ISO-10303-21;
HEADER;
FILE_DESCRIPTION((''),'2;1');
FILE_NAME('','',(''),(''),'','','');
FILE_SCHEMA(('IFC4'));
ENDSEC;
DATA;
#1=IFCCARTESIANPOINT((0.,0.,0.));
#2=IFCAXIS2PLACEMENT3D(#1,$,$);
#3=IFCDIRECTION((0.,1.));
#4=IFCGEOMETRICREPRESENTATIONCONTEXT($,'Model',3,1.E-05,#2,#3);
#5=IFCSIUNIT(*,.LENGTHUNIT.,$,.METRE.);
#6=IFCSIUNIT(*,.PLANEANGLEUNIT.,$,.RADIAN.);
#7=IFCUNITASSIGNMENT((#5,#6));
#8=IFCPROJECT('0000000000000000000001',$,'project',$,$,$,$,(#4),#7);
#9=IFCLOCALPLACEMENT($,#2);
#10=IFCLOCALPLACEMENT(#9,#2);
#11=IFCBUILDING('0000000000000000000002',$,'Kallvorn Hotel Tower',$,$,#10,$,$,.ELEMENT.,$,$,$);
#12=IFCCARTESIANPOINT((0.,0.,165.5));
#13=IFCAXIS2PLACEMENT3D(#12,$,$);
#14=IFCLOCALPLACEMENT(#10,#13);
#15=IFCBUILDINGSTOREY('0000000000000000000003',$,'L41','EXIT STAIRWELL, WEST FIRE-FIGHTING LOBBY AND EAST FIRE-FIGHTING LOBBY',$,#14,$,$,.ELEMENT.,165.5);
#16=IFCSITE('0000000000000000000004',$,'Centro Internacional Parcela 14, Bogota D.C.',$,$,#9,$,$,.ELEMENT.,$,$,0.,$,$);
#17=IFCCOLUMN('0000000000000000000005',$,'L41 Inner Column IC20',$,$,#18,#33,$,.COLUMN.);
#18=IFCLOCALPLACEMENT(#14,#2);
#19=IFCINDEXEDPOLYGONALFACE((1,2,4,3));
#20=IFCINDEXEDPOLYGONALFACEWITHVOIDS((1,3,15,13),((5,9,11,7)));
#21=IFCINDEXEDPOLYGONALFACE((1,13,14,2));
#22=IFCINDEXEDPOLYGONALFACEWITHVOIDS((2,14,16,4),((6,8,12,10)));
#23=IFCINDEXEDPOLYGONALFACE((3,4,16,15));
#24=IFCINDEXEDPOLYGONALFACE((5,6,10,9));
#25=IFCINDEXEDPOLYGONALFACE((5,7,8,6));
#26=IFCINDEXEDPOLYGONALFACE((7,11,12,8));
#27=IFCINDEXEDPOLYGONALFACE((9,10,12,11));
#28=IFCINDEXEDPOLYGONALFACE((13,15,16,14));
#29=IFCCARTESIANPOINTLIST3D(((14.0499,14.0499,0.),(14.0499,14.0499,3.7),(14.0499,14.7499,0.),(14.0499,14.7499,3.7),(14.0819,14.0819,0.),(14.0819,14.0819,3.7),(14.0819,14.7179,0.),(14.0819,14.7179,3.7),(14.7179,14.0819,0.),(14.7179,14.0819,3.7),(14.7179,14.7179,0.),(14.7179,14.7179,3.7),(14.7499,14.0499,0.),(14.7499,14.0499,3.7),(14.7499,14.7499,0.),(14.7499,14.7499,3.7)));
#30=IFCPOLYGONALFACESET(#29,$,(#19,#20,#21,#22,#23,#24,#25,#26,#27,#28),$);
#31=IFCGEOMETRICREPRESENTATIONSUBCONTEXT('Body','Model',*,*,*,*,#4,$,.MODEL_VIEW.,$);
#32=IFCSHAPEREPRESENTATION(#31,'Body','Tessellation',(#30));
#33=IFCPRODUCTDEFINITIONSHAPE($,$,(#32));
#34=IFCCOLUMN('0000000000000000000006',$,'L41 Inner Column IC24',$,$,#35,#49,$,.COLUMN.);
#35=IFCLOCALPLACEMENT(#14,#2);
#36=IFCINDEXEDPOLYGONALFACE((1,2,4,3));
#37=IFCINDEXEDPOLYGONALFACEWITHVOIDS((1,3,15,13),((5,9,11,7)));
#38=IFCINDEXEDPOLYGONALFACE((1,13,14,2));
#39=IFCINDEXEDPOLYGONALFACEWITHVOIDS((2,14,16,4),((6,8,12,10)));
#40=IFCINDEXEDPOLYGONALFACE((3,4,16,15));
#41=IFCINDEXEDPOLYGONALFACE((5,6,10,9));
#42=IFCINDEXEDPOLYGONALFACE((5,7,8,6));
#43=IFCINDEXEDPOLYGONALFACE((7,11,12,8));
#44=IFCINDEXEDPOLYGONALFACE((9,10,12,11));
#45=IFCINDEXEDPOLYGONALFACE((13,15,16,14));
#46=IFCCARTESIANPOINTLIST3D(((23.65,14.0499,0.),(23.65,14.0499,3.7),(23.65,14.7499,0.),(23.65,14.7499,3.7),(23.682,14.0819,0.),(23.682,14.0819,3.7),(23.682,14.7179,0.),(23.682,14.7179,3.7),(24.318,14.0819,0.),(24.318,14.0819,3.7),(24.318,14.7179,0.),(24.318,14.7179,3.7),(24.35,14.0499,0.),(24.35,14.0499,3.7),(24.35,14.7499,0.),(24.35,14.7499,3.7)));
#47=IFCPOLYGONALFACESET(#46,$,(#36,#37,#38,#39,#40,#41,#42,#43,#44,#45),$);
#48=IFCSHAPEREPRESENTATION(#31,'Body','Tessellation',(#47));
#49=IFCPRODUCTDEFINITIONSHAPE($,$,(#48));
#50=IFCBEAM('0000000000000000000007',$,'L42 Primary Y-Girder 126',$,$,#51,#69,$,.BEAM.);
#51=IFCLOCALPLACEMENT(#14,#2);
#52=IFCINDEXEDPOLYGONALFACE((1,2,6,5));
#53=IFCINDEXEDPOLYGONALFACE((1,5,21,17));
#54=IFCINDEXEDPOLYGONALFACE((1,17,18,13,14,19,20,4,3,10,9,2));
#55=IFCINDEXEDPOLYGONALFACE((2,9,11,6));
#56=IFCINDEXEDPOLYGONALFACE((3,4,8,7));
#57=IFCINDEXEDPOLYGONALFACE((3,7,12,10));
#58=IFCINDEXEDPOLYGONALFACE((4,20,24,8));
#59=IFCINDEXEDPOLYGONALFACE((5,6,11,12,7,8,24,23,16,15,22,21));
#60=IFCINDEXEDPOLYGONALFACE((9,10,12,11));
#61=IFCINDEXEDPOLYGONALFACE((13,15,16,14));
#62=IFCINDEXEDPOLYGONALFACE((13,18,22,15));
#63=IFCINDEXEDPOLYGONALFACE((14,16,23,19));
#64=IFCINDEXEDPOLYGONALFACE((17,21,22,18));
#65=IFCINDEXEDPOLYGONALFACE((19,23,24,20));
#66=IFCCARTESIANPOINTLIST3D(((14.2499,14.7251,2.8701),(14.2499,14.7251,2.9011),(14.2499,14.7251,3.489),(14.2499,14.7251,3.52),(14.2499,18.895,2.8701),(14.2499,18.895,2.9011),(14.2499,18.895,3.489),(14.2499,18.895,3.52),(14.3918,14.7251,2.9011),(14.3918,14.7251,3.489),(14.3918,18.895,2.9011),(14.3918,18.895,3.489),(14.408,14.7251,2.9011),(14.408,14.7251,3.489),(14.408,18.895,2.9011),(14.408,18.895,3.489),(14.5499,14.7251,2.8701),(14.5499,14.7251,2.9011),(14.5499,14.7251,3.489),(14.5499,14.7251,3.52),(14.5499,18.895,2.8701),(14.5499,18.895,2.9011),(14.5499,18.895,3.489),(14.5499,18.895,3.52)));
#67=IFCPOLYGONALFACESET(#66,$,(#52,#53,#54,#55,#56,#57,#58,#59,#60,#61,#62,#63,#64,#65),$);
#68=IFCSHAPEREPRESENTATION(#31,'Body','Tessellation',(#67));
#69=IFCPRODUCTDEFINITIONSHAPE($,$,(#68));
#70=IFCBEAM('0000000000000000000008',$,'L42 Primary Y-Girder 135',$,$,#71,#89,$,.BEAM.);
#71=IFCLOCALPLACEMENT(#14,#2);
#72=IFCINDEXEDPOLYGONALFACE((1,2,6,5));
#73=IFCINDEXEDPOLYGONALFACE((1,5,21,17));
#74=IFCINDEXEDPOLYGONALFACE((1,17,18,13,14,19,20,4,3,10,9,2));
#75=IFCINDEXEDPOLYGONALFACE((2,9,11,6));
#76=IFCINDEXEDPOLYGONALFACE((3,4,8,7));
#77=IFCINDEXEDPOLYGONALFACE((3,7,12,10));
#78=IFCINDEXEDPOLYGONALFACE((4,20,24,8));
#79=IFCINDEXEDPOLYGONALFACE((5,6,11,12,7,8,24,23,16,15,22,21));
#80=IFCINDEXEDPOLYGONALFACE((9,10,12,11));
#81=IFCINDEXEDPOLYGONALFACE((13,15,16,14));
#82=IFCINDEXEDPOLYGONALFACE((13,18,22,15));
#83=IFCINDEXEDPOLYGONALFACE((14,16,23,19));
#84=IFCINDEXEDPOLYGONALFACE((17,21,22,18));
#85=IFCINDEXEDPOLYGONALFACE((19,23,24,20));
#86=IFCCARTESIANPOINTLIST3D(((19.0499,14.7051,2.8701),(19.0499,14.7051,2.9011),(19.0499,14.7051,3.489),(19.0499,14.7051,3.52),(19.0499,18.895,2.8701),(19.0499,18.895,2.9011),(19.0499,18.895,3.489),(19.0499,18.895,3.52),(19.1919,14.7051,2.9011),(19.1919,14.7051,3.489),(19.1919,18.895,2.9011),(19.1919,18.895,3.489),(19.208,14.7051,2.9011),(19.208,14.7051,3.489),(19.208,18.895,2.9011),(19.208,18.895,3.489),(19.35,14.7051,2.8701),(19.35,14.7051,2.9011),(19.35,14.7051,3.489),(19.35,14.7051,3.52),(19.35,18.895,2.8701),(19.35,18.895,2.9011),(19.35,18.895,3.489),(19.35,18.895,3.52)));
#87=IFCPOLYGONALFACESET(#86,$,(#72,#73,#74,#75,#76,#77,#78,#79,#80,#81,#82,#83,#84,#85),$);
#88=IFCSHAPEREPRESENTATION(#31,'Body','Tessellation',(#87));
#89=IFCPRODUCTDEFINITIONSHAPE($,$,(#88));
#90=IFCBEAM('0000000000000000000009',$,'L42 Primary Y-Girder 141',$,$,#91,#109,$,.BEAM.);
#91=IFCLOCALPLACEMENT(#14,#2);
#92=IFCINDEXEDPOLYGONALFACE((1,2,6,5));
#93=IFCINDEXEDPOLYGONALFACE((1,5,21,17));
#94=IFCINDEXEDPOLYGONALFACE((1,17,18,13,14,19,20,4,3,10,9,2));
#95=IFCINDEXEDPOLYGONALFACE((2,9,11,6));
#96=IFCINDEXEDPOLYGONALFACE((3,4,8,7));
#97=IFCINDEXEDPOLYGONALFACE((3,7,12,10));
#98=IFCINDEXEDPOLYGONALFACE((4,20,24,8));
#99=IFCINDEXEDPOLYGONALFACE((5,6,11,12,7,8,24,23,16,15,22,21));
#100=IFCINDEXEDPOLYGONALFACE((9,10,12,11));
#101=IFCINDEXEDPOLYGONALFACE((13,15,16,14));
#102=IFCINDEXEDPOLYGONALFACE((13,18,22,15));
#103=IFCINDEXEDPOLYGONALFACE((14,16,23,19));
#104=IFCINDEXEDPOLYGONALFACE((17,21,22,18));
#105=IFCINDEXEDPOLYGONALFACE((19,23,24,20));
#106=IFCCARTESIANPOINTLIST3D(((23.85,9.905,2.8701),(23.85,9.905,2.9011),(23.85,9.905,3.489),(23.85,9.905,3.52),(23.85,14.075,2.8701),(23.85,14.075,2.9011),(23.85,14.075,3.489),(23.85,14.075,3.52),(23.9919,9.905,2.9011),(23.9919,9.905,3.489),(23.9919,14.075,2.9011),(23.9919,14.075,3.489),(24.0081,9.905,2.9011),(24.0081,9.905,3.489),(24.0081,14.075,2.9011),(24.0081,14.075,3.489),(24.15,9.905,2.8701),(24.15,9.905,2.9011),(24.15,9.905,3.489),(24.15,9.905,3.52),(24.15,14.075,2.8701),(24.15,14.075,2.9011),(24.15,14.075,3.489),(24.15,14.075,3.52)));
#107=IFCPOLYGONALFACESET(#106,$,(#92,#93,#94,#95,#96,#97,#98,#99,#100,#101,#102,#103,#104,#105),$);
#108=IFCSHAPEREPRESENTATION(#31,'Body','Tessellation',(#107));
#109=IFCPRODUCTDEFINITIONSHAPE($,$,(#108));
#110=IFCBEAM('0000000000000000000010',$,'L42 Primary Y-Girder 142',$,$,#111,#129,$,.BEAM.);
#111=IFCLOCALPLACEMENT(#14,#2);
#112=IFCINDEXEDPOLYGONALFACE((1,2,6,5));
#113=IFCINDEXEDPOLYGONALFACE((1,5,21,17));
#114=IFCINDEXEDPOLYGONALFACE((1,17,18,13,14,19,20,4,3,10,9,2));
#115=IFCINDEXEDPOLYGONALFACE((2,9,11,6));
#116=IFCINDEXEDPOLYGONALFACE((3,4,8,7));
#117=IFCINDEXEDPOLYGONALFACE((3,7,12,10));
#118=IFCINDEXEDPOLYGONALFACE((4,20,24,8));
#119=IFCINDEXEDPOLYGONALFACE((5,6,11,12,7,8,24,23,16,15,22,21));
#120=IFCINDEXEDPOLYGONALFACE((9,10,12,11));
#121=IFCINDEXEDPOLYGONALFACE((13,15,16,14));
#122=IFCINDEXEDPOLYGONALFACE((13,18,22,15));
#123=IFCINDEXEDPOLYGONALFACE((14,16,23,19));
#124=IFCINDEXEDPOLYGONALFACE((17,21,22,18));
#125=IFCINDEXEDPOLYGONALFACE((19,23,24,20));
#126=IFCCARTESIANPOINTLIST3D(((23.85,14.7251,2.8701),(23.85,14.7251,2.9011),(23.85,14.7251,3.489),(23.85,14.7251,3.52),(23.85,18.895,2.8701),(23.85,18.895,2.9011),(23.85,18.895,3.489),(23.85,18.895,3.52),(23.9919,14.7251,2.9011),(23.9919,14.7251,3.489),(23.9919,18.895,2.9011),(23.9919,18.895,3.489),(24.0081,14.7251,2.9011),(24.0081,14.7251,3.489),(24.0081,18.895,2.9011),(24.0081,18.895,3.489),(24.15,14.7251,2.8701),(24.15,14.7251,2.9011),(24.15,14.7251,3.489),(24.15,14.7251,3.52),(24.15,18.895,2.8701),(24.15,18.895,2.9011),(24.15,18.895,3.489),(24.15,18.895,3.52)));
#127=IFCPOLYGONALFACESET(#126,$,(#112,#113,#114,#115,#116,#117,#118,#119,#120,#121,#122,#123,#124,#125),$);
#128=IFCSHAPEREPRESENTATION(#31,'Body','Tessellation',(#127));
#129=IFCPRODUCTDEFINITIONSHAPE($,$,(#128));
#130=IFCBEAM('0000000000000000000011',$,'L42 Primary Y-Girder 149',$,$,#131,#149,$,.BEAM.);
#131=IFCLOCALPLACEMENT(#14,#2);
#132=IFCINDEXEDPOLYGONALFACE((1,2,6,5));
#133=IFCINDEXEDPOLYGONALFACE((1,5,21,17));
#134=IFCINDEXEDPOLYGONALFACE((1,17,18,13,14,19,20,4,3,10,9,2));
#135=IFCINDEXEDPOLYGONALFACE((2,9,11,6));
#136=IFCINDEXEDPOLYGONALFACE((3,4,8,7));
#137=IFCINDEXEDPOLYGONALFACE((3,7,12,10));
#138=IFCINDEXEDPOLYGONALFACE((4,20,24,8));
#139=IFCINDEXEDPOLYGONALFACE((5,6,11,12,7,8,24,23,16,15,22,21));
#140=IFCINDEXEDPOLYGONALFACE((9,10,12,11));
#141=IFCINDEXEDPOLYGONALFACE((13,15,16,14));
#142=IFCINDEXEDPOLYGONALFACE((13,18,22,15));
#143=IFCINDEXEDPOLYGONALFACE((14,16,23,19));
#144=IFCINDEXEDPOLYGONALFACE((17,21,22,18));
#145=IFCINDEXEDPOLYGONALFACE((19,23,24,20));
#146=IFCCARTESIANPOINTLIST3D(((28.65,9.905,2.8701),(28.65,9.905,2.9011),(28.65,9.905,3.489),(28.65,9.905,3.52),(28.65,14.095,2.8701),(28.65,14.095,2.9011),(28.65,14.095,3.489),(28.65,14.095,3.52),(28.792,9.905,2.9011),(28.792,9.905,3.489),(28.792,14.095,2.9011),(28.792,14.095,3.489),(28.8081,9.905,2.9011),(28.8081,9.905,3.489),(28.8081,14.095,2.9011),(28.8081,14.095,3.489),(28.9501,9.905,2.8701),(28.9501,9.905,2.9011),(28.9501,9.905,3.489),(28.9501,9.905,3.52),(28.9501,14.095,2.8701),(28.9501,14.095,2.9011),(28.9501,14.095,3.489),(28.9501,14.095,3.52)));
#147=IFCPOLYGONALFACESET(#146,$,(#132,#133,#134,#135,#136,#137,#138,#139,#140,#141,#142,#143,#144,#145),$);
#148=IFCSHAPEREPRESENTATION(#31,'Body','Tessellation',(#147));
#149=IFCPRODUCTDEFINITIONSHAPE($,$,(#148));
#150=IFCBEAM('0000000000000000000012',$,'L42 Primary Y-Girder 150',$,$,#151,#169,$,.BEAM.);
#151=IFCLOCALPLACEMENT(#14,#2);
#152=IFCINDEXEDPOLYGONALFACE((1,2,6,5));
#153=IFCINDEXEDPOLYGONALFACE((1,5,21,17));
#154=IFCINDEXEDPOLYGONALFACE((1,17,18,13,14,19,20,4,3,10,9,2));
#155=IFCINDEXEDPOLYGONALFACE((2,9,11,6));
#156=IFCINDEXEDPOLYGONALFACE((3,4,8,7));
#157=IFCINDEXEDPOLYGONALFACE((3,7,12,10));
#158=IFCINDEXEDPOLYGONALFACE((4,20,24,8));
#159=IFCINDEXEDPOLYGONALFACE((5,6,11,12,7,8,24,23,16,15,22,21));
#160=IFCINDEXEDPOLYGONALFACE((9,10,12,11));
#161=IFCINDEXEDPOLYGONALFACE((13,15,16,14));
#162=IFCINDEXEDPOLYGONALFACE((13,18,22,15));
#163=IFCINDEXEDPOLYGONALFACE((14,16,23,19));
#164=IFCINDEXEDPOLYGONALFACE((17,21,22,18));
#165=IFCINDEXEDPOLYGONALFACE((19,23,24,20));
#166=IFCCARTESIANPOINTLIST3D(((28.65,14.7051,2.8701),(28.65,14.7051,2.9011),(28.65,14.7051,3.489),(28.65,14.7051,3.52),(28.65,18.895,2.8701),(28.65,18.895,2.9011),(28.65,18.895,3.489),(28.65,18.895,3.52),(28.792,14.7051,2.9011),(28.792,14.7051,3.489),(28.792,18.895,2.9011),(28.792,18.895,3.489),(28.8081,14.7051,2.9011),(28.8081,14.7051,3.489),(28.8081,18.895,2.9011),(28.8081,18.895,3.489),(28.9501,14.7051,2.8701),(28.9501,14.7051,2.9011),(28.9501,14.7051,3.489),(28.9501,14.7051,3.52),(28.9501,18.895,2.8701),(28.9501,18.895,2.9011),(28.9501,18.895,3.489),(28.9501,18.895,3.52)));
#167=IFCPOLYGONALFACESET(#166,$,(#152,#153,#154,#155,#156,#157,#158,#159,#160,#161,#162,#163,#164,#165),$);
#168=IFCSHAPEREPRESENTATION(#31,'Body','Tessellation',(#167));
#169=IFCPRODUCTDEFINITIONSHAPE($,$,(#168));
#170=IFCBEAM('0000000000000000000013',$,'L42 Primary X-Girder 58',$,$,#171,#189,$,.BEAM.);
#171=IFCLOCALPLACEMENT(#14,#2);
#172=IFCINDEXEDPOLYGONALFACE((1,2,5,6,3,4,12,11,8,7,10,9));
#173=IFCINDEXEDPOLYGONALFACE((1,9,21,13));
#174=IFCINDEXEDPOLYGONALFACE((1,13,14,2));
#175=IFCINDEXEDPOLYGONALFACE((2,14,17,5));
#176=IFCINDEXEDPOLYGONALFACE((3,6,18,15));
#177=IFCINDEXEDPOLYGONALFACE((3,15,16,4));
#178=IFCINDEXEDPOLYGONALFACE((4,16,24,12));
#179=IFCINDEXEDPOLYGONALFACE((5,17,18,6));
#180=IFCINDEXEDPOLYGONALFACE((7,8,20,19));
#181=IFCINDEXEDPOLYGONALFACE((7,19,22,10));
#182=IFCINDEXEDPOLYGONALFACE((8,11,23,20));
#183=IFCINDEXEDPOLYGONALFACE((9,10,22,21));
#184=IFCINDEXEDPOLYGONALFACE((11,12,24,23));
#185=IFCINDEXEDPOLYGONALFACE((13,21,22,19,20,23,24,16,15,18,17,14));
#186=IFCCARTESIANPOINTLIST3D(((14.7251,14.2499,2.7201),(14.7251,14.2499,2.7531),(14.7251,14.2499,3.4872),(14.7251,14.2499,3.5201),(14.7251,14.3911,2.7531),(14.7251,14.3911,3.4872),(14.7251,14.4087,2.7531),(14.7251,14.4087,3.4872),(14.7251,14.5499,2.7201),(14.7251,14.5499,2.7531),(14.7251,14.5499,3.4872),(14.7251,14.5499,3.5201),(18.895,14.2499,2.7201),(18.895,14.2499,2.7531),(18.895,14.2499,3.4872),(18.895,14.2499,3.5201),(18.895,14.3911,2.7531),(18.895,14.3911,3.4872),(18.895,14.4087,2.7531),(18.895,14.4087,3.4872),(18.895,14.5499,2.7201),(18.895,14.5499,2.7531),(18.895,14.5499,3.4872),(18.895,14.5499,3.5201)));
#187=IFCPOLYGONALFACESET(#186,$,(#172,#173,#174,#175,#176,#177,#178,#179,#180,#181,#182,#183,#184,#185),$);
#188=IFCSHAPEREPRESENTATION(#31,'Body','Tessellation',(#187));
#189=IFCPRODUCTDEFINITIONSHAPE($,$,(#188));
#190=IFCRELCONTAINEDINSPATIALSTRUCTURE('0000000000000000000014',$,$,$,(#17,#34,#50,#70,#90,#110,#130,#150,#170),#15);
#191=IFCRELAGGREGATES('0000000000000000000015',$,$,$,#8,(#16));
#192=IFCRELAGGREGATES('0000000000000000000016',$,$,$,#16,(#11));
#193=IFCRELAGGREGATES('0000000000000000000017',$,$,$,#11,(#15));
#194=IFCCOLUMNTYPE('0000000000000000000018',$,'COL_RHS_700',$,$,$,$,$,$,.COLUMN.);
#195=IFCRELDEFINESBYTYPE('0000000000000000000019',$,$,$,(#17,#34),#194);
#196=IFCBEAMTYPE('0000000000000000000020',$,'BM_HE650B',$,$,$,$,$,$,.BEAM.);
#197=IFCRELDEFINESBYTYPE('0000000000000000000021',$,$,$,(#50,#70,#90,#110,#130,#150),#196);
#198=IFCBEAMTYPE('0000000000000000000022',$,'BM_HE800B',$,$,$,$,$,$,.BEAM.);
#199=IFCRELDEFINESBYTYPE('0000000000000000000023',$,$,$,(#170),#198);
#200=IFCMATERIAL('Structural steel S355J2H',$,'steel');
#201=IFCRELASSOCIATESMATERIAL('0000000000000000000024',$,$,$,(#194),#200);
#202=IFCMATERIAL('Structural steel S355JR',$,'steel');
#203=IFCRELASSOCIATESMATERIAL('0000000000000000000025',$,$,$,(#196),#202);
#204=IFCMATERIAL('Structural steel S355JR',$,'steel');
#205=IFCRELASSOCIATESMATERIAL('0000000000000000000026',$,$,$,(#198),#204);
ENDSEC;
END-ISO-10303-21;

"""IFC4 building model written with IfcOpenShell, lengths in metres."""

from ifc_helpers import new_model, si_unit, direction, frame, origin, origin_2d, place, context, subcontext, project, spatial, hollow_rectangle, i_section, extrude, material, material_profile, profile_set, type_object, element, save


model = new_model("IFC4")

# Units and contexts
model_context = context("Model", 3, precision=1e-05, world=origin(), true_north=direction((0.0, 1.0)))
body_context = subcontext(model_context, "Body", "Model", "MODEL_VIEW")
ifc_project = project(units=[si_unit("LENGTHUNIT", "METRE"), si_unit("PLANEANGLEUNIT", "RADIAN")], contexts=[model_context])

# Site, building, storey
site_placement = place(None, origin())
site = spatial("IfcSite", under=ifc_project, at=site_placement, Name="Centro Internacional Parcela 14, Bogota D.C.", CompositionType="ELEMENT", RefElevation=0.0)
building_placement = place(site_placement, origin())
building = spatial("IfcBuilding", under=site, at=building_placement, Name="Kallvorn Hotel Tower", CompositionType="ELEMENT")
storey_placement = place(building_placement, frame((0.0, 0.0, 165.5)))
storey = spatial("IfcBuildingStorey", under=building, at=storey_placement, Name="L41", Description="EXIT STAIRWELL, WEST FIRE-FIGHTING LOBBY AND EAST FIRE-FIGHTING LOBBY", CompositionType="ELEMENT", Elevation=165.5)

# Columns
ifc_material_1 = material(Name="Structural steel S355J2H", Category="steel")
ifc_material_profile_1 = material_profile(ifc_material_1, hollow_rectangle(XDim=0.7, YDim=0.7, WallThickness=0.032, at=origin_2d()), Name="RHS 700x700x32")
ifc_profile_set_1 = profile_set([ifc_material_profile_1], Name="Structural steel S355J2H")
column_type_1 = type_object("IfcColumnType", Name="COL_RHS_700", PredefinedType="COLUMN", material=ifc_profile_set_1)
for number, where, z_axis, x_axis, name in (
    (1, (14.3999, 14.3999, 0.0), (0.0, 0.0, 1.0), (1.0, 0.0, 0.0), "L41 Inner Column IC20"),
    (2, (24.0, 14.3999, 0.0), (0.0, 0.0, 1.0), (1.0, 0.0, 0.0), "L41 Inner Column IC24"),
):
    element("IfcColumn", number, at=place(storey_placement, frame(where, z_axis=z_axis, x_axis=x_axis)), inside=storey, type_object=column_type_1, Name=name, PredefinedType="COLUMN", context=body_context, shape_type="SweptSolid", body=[
        extrude(hollow_rectangle(XDim=0.7, YDim=0.7, WallThickness=0.032, at=origin_2d()), origin(), (0.0, 0.0, 1.0), 3.7),
    ])

# Beams
ifc_material_2 = material(Name="Structural steel S355JR", Category="steel")
ifc_material_profile_2 = material_profile(ifc_material_2, i_section(OverallWidth=0.3, OverallDepth=0.6499, WebThickness=0.0161, FlangeThickness=0.031, at=origin_2d()), Name="HE 650 B")
ifc_profile_set_2 = profile_set([ifc_material_profile_2], Name="Structural steel S355JR")
beam_type_1 = type_object("IfcBeamType", Name="BM_HE650B", PredefinedType="BEAM", material=ifc_profile_set_2)
beam_1_placement = place(storey_placement, frame((14.3999, 14.7251, 3.1951), z_axis=(0.0, 1.0, 0.0), x_axis=(-1.0, 0.0, 0.0)))
element("IfcBeam", 3, at=beam_1_placement, inside=storey, type_object=beam_type_1, Name="L42 Primary Y-Girder 126", PredefinedType="BEAM", context=body_context, shape_type="SweptSolid", body=[
    extrude(i_section(OverallWidth=0.3, OverallDepth=0.6499, WebThickness=0.0161, FlangeThickness=0.031, at=origin_2d()), origin(), (0.0, 0.0, 1.0), 4.1699),
])
beam_2_placement = place(storey_placement, frame((19.2, 14.7051, 3.1951), z_axis=(0.0, 1.0, 0.0), x_axis=(-1.0, 0.0, 0.0)))
element("IfcBeam", 4, at=beam_2_placement, inside=storey, type_object=beam_type_1, Name="L42 Primary Y-Girder 135", PredefinedType="BEAM", context=body_context, shape_type="SweptSolid", body=[
    extrude(i_section(OverallWidth=0.3, OverallDepth=0.6499, WebThickness=0.0161, FlangeThickness=0.031, at=origin_2d()), origin(), (0.0, 0.0, 1.0), 4.1899),
])
for number, where, z_axis, x_axis, name in (
    (5, (24.0, 9.905, 3.1951), (0.0, 1.0, 0.0), (-1.0, 0.0, 0.0), "L42 Primary Y-Girder 141"),
    (6, (24.0, 14.7251, 3.1951), (0.0, 1.0, 0.0), (-1.0, 0.0, 0.0), "L42 Primary Y-Girder 142"),
):
    element("IfcBeam", number, at=place(storey_placement, frame(where, z_axis=z_axis, x_axis=x_axis)), inside=storey, type_object=beam_type_1, Name=name, PredefinedType="BEAM", context=body_context, shape_type="SweptSolid", body=[
        extrude(i_section(OverallWidth=0.3, OverallDepth=0.6499, WebThickness=0.0161, FlangeThickness=0.031, at=origin_2d()), origin(), (0.0, 0.0, 1.0), 4.1699),
    ])
for number, where, z_axis, x_axis, name in (
    (7, (28.8, 9.905, 3.1951), (0.0, 1.0, 0.0), (-1.0, 0.0, 0.0), "L42 Primary Y-Girder 149"),
    (8, (28.8, 14.7051, 3.1951), (0.0, 1.0, 0.0), (-1.0, 0.0, 0.0), "L42 Primary Y-Girder 150"),
):
    element("IfcBeam", number, at=place(storey_placement, frame(where, z_axis=z_axis, x_axis=x_axis)), inside=storey, type_object=beam_type_1, Name=name, PredefinedType="BEAM", context=body_context, shape_type="SweptSolid", body=[
        extrude(i_section(OverallWidth=0.3, OverallDepth=0.6499, WebThickness=0.0161, FlangeThickness=0.031, at=origin_2d()), origin(), (0.0, 0.0, 1.0), 4.1899),
    ])
ifc_material_3 = material(Name="Structural steel S355JR", Category="steel")
ifc_material_profile_3 = material_profile(ifc_material_3, i_section(OverallWidth=0.3, OverallDepth=0.8, WebThickness=0.0176, FlangeThickness=0.033, at=origin_2d()), Name="HE 800 B")
ifc_profile_set_3 = profile_set([ifc_material_profile_3], Name="Structural steel S355JR")
beam_type_2 = type_object("IfcBeamType", Name="BM_HE800B", PredefinedType="BEAM", material=ifc_profile_set_3)
beam_3_placement = place(storey_placement, frame((14.7251, 14.3999, 3.1201), z_axis=(1.0, 0.0, 0.0), x_axis=(0.0, 1.0, 0.0)))
element("IfcBeam", 9, at=beam_3_placement, inside=storey, type_object=beam_type_2, Name="L42 Primary X-Girder 58", PredefinedType="BEAM", context=body_context, shape_type="SweptSolid", body=[
    extrude(i_section(OverallWidth=0.3, OverallDepth=0.8, WebThickness=0.0176, FlangeThickness=0.033, at=origin_2d()), origin(), (0.0, 0.0, 1.0), 4.1699),
])

save(model, "model.ifc")
